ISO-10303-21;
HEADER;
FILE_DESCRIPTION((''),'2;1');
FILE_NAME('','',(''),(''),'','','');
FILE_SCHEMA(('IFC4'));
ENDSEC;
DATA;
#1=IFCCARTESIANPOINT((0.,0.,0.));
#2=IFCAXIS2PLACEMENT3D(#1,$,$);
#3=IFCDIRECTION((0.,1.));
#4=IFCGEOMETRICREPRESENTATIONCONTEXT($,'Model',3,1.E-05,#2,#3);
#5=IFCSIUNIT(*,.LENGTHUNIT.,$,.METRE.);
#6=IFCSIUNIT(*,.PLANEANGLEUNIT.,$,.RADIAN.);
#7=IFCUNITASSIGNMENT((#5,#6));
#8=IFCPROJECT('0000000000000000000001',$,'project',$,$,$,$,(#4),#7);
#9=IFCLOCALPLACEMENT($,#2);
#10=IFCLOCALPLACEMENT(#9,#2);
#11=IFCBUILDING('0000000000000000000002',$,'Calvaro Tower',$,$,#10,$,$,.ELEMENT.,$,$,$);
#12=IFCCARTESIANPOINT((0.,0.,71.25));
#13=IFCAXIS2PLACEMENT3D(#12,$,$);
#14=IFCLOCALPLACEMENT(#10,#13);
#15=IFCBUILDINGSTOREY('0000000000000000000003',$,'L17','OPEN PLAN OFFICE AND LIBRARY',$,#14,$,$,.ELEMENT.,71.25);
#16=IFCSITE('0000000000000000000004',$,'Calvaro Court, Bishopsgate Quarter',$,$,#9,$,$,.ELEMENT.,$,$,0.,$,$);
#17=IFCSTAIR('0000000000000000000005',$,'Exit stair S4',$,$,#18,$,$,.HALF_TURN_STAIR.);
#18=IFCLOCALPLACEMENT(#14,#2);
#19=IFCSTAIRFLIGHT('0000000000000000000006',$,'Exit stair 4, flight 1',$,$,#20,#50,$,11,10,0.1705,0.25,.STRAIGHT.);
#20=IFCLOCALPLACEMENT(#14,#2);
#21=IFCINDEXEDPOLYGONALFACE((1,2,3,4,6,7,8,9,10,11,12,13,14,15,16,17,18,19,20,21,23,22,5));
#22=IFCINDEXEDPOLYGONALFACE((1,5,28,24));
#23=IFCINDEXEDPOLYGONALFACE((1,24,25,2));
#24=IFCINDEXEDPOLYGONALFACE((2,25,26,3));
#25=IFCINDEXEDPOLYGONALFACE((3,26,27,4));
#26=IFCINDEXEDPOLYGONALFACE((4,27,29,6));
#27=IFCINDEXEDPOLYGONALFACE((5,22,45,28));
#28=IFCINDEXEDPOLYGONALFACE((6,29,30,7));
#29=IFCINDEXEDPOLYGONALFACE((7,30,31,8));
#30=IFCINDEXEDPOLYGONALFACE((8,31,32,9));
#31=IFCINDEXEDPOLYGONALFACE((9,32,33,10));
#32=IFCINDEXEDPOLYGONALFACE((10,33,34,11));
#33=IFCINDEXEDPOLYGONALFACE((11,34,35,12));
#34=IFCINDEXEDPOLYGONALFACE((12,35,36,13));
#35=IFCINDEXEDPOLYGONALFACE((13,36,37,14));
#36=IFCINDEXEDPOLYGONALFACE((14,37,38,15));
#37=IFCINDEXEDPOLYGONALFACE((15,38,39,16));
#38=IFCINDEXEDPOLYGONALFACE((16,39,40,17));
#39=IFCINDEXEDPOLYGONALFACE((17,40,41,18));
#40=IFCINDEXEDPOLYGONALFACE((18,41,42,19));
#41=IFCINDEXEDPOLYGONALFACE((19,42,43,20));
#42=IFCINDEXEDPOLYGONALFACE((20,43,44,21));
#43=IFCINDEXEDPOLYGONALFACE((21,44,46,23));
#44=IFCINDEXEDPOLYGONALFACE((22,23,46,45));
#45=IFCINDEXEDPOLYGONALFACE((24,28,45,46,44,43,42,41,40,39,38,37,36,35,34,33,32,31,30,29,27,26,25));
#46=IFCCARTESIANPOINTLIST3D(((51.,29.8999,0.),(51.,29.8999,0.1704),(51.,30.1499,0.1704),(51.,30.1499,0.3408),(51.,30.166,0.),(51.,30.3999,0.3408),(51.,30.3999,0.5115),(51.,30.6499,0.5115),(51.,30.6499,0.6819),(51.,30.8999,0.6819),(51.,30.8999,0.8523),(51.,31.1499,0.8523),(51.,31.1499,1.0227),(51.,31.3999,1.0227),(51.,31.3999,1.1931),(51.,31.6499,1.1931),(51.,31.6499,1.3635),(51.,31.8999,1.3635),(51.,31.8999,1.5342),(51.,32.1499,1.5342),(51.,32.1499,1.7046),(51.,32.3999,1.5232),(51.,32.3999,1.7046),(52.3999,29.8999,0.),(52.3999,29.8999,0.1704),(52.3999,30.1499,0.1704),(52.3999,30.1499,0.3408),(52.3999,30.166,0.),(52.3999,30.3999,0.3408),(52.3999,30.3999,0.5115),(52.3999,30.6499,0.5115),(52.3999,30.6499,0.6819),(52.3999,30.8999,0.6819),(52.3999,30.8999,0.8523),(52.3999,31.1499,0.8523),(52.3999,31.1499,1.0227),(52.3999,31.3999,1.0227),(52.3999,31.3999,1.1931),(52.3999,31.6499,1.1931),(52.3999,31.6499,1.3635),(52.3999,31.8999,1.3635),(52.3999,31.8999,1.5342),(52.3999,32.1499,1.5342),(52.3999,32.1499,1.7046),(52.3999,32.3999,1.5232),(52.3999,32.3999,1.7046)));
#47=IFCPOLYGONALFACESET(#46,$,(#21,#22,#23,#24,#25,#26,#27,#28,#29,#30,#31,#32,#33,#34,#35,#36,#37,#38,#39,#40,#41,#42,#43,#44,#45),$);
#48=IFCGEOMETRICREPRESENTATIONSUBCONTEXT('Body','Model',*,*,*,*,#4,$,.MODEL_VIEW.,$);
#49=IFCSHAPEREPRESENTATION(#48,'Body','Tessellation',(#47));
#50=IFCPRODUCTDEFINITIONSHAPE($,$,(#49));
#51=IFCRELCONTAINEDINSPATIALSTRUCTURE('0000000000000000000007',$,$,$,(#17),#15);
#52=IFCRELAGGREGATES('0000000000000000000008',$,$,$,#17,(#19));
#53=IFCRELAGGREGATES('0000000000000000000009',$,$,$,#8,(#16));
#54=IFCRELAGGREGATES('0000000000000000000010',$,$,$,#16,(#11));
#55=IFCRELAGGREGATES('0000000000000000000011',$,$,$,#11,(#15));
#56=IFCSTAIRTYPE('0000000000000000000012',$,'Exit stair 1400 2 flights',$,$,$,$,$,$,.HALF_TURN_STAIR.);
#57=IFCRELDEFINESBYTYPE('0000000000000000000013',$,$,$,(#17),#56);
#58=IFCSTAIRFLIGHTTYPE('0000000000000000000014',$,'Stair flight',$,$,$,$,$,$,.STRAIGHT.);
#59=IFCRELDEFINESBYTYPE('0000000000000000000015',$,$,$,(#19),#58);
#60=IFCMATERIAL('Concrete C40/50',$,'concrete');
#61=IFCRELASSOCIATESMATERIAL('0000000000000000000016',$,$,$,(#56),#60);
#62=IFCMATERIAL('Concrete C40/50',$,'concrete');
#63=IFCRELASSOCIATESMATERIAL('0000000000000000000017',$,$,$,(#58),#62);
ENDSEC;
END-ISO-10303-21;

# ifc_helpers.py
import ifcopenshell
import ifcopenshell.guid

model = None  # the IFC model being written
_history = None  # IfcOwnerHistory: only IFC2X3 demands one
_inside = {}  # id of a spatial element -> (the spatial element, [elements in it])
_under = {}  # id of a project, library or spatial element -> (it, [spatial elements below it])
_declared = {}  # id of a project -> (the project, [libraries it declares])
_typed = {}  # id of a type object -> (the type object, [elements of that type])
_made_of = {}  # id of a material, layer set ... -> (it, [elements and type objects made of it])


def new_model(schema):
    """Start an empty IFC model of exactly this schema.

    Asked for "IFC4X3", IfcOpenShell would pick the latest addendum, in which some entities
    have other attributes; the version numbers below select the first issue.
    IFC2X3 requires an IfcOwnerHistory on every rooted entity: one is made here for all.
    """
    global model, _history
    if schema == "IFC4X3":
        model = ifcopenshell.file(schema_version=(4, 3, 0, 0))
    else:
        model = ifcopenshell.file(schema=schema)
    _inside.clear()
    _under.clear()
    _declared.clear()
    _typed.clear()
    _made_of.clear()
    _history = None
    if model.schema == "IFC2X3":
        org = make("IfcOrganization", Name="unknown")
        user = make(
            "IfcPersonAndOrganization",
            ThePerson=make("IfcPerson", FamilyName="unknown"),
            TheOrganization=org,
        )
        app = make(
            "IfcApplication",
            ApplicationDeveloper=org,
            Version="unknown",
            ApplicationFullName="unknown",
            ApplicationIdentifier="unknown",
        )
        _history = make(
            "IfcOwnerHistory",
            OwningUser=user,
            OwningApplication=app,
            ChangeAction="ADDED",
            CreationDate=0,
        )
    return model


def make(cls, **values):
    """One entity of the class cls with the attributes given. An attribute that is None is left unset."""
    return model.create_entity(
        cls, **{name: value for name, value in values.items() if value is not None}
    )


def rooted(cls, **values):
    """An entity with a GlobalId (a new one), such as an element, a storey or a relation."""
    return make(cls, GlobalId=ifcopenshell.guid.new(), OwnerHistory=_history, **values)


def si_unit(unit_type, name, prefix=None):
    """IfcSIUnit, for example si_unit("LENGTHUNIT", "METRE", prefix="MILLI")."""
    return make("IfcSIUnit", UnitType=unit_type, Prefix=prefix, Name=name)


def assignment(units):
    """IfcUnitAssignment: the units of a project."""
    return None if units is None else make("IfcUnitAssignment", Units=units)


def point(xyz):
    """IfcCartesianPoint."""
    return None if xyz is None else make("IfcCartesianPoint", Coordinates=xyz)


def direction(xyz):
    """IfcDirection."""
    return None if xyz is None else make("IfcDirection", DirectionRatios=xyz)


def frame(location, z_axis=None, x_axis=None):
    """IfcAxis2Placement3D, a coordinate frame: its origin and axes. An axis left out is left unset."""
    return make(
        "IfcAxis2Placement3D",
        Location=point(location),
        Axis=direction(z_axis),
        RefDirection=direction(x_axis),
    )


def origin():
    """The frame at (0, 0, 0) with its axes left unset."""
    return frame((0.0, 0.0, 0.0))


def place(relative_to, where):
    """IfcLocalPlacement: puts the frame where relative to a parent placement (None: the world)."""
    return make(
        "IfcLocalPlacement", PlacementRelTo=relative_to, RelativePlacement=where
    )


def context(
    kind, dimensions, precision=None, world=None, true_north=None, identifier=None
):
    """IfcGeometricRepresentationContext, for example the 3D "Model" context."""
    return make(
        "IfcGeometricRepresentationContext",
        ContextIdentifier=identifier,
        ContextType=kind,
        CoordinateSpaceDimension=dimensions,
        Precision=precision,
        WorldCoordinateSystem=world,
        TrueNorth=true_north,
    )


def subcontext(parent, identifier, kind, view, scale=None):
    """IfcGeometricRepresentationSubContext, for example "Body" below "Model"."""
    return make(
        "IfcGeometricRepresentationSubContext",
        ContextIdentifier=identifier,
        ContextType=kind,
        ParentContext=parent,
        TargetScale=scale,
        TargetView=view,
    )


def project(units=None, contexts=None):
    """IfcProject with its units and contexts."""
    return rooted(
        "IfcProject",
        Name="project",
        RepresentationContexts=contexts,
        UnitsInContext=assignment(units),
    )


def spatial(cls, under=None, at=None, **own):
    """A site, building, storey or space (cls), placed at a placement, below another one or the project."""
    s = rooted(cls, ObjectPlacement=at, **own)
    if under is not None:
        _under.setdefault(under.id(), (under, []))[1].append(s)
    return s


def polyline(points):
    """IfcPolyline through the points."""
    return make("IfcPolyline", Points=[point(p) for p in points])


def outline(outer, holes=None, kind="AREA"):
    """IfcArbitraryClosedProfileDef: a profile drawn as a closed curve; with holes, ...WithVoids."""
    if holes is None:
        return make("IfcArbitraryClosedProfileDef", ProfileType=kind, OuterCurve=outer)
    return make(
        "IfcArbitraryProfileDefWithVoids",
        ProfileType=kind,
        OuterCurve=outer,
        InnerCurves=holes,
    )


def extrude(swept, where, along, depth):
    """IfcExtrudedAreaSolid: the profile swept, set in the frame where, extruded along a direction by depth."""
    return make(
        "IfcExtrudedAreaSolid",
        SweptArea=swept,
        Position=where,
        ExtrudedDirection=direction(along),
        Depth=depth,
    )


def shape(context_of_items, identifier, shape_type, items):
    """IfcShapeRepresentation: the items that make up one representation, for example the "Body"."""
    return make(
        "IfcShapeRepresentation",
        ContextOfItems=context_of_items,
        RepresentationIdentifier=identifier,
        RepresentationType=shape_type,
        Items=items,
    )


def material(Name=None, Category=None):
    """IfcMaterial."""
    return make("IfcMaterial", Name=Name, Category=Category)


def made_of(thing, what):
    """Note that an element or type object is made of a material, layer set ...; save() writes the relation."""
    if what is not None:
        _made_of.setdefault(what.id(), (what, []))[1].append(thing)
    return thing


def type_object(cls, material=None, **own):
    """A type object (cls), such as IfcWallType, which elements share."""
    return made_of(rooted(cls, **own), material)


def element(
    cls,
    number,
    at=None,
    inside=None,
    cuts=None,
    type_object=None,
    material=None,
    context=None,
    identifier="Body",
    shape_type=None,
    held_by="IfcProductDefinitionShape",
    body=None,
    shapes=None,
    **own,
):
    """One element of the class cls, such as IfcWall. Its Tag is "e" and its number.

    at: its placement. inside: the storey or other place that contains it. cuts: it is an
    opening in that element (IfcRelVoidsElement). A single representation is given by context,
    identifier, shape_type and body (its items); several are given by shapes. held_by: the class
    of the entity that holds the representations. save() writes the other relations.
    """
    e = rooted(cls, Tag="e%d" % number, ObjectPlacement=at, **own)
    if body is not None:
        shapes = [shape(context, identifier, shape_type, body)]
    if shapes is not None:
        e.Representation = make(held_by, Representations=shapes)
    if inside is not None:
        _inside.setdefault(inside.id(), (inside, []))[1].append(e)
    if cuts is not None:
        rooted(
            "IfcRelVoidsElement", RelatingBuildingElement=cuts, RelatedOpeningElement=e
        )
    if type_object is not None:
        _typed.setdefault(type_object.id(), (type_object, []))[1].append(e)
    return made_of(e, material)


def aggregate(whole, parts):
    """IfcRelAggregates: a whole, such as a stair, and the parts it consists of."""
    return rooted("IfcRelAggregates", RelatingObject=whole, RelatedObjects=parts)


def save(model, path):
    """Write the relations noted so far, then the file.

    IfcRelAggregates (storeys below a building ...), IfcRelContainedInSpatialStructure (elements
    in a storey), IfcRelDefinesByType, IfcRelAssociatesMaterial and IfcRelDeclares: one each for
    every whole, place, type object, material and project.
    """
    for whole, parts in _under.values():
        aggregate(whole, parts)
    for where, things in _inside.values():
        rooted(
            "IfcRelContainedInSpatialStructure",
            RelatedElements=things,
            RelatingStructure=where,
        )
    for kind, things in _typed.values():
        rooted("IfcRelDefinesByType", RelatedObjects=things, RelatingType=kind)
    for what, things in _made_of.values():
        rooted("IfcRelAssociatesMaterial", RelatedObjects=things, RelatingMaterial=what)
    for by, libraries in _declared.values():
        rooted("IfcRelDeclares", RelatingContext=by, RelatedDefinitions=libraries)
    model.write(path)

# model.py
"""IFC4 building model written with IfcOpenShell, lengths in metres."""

from ifc_helpers import new_model, si_unit, direction, frame, origin, place, context, subcontext, project, spatial, polyline, outline, extrude, material, type_object, element, aggregate, save


model = new_model("IFC4")

# Units and contexts
model_context = context("Model", 3, precision=1e-05, world=origin(), true_north=direction((0.0, 1.0)))
body_context = subcontext(model_context, "Body", "Model", "MODEL_VIEW")
ifc_project = project(units=[si_unit("LENGTHUNIT", "METRE"), si_unit("PLANEANGLEUNIT", "RADIAN")], contexts=[model_context])

# Site, building, storey
site_placement = place(None, origin())
site = spatial("IfcSite", under=ifc_project, at=site_placement, Name="Calvaro Court, Bishopsgate Quarter", CompositionType="ELEMENT", RefElevation=0.0)
building_placement = place(site_placement, origin())
building = spatial("IfcBuilding", under=site, at=building_placement, Name="Calvaro Tower", CompositionType="ELEMENT")
storey_placement = place(building_placement, frame((0.0, 0.0, 71.25)))
storey = spatial("IfcBuildingStorey", under=building, at=storey_placement, Name="L17", Description="OPEN PLAN OFFICE AND LIBRARY", CompositionType="ELEMENT", Elevation=71.25)

# Stair, stair flight
ifc_material_1 = material(Name="Concrete C40/50", Category="concrete")
stair_type = type_object("IfcStairType", Name="Exit stair 1400 2 flights", PredefinedType="HALF_TURN_STAIR", material=ifc_material_1)
ifc_material_2 = material(Name="Concrete C40/50", Category="concrete")
stair_flight_type = type_object("IfcStairFlightType", Name="Stair flight", PredefinedType="STRAIGHT", material=ifc_material_2)
stair_1_placement = place(storey_placement, origin())
stair_1 = element("IfcStair", 1, at=stair_1_placement, inside=storey, type_object=stair_type, Name="Exit stair S4", PredefinedType="HALF_TURN_STAIR")
stair_flight_1_placement = place(storey_placement, frame((51.7, 29.8999, 0.0), z_axis=(0.0, 0.0, 1.0), x_axis=(0.0, 1.0, 0.0)))
stair_flight_1 = element("IfcStairFlight", 2, at=stair_flight_1_placement, type_object=stair_flight_type, Name="Exit stair 4, flight 1", NumberOfRisers=11, NumberOfTreads=10, PredefinedType="STRAIGHT", RiserHeight=0.1705, TreadLength=0.25, context=body_context, shape_type="SweptSolid", body=[
    extrude(outline(polyline([(0.0, 0.0), (0.0, 0.1704), (0.25, 0.1704), (0.25, 0.3408), (0.5, 0.3408), (0.5, 0.5115), (0.75, 0.5115), (0.75, 0.6819), (1.0, 0.6819), (1.0, 0.8523), (1.25, 0.8523), (1.25, 1.0227), (1.5, 1.0227), (1.5, 1.1931), (1.75, 1.1931), (1.75, 1.3635), (2.0, 1.3635), (2.0, 1.5342), (2.25, 1.5342), (2.25, 1.7046), (2.5, 1.7046), (2.5, 1.875), (2.5, 1.5232), (0.2661, 0.0), (0.0, 0.0)])), frame((0.0, 0.7, 0.0), z_axis=(0.0, -1.0, 0.0), x_axis=(1.0, 0.0, 0.0)), (0.0, 0.0, 1.0), 1.3999),
])

aggregate(stair_1, [stair_flight_1])

save(model, "model.ifc")
